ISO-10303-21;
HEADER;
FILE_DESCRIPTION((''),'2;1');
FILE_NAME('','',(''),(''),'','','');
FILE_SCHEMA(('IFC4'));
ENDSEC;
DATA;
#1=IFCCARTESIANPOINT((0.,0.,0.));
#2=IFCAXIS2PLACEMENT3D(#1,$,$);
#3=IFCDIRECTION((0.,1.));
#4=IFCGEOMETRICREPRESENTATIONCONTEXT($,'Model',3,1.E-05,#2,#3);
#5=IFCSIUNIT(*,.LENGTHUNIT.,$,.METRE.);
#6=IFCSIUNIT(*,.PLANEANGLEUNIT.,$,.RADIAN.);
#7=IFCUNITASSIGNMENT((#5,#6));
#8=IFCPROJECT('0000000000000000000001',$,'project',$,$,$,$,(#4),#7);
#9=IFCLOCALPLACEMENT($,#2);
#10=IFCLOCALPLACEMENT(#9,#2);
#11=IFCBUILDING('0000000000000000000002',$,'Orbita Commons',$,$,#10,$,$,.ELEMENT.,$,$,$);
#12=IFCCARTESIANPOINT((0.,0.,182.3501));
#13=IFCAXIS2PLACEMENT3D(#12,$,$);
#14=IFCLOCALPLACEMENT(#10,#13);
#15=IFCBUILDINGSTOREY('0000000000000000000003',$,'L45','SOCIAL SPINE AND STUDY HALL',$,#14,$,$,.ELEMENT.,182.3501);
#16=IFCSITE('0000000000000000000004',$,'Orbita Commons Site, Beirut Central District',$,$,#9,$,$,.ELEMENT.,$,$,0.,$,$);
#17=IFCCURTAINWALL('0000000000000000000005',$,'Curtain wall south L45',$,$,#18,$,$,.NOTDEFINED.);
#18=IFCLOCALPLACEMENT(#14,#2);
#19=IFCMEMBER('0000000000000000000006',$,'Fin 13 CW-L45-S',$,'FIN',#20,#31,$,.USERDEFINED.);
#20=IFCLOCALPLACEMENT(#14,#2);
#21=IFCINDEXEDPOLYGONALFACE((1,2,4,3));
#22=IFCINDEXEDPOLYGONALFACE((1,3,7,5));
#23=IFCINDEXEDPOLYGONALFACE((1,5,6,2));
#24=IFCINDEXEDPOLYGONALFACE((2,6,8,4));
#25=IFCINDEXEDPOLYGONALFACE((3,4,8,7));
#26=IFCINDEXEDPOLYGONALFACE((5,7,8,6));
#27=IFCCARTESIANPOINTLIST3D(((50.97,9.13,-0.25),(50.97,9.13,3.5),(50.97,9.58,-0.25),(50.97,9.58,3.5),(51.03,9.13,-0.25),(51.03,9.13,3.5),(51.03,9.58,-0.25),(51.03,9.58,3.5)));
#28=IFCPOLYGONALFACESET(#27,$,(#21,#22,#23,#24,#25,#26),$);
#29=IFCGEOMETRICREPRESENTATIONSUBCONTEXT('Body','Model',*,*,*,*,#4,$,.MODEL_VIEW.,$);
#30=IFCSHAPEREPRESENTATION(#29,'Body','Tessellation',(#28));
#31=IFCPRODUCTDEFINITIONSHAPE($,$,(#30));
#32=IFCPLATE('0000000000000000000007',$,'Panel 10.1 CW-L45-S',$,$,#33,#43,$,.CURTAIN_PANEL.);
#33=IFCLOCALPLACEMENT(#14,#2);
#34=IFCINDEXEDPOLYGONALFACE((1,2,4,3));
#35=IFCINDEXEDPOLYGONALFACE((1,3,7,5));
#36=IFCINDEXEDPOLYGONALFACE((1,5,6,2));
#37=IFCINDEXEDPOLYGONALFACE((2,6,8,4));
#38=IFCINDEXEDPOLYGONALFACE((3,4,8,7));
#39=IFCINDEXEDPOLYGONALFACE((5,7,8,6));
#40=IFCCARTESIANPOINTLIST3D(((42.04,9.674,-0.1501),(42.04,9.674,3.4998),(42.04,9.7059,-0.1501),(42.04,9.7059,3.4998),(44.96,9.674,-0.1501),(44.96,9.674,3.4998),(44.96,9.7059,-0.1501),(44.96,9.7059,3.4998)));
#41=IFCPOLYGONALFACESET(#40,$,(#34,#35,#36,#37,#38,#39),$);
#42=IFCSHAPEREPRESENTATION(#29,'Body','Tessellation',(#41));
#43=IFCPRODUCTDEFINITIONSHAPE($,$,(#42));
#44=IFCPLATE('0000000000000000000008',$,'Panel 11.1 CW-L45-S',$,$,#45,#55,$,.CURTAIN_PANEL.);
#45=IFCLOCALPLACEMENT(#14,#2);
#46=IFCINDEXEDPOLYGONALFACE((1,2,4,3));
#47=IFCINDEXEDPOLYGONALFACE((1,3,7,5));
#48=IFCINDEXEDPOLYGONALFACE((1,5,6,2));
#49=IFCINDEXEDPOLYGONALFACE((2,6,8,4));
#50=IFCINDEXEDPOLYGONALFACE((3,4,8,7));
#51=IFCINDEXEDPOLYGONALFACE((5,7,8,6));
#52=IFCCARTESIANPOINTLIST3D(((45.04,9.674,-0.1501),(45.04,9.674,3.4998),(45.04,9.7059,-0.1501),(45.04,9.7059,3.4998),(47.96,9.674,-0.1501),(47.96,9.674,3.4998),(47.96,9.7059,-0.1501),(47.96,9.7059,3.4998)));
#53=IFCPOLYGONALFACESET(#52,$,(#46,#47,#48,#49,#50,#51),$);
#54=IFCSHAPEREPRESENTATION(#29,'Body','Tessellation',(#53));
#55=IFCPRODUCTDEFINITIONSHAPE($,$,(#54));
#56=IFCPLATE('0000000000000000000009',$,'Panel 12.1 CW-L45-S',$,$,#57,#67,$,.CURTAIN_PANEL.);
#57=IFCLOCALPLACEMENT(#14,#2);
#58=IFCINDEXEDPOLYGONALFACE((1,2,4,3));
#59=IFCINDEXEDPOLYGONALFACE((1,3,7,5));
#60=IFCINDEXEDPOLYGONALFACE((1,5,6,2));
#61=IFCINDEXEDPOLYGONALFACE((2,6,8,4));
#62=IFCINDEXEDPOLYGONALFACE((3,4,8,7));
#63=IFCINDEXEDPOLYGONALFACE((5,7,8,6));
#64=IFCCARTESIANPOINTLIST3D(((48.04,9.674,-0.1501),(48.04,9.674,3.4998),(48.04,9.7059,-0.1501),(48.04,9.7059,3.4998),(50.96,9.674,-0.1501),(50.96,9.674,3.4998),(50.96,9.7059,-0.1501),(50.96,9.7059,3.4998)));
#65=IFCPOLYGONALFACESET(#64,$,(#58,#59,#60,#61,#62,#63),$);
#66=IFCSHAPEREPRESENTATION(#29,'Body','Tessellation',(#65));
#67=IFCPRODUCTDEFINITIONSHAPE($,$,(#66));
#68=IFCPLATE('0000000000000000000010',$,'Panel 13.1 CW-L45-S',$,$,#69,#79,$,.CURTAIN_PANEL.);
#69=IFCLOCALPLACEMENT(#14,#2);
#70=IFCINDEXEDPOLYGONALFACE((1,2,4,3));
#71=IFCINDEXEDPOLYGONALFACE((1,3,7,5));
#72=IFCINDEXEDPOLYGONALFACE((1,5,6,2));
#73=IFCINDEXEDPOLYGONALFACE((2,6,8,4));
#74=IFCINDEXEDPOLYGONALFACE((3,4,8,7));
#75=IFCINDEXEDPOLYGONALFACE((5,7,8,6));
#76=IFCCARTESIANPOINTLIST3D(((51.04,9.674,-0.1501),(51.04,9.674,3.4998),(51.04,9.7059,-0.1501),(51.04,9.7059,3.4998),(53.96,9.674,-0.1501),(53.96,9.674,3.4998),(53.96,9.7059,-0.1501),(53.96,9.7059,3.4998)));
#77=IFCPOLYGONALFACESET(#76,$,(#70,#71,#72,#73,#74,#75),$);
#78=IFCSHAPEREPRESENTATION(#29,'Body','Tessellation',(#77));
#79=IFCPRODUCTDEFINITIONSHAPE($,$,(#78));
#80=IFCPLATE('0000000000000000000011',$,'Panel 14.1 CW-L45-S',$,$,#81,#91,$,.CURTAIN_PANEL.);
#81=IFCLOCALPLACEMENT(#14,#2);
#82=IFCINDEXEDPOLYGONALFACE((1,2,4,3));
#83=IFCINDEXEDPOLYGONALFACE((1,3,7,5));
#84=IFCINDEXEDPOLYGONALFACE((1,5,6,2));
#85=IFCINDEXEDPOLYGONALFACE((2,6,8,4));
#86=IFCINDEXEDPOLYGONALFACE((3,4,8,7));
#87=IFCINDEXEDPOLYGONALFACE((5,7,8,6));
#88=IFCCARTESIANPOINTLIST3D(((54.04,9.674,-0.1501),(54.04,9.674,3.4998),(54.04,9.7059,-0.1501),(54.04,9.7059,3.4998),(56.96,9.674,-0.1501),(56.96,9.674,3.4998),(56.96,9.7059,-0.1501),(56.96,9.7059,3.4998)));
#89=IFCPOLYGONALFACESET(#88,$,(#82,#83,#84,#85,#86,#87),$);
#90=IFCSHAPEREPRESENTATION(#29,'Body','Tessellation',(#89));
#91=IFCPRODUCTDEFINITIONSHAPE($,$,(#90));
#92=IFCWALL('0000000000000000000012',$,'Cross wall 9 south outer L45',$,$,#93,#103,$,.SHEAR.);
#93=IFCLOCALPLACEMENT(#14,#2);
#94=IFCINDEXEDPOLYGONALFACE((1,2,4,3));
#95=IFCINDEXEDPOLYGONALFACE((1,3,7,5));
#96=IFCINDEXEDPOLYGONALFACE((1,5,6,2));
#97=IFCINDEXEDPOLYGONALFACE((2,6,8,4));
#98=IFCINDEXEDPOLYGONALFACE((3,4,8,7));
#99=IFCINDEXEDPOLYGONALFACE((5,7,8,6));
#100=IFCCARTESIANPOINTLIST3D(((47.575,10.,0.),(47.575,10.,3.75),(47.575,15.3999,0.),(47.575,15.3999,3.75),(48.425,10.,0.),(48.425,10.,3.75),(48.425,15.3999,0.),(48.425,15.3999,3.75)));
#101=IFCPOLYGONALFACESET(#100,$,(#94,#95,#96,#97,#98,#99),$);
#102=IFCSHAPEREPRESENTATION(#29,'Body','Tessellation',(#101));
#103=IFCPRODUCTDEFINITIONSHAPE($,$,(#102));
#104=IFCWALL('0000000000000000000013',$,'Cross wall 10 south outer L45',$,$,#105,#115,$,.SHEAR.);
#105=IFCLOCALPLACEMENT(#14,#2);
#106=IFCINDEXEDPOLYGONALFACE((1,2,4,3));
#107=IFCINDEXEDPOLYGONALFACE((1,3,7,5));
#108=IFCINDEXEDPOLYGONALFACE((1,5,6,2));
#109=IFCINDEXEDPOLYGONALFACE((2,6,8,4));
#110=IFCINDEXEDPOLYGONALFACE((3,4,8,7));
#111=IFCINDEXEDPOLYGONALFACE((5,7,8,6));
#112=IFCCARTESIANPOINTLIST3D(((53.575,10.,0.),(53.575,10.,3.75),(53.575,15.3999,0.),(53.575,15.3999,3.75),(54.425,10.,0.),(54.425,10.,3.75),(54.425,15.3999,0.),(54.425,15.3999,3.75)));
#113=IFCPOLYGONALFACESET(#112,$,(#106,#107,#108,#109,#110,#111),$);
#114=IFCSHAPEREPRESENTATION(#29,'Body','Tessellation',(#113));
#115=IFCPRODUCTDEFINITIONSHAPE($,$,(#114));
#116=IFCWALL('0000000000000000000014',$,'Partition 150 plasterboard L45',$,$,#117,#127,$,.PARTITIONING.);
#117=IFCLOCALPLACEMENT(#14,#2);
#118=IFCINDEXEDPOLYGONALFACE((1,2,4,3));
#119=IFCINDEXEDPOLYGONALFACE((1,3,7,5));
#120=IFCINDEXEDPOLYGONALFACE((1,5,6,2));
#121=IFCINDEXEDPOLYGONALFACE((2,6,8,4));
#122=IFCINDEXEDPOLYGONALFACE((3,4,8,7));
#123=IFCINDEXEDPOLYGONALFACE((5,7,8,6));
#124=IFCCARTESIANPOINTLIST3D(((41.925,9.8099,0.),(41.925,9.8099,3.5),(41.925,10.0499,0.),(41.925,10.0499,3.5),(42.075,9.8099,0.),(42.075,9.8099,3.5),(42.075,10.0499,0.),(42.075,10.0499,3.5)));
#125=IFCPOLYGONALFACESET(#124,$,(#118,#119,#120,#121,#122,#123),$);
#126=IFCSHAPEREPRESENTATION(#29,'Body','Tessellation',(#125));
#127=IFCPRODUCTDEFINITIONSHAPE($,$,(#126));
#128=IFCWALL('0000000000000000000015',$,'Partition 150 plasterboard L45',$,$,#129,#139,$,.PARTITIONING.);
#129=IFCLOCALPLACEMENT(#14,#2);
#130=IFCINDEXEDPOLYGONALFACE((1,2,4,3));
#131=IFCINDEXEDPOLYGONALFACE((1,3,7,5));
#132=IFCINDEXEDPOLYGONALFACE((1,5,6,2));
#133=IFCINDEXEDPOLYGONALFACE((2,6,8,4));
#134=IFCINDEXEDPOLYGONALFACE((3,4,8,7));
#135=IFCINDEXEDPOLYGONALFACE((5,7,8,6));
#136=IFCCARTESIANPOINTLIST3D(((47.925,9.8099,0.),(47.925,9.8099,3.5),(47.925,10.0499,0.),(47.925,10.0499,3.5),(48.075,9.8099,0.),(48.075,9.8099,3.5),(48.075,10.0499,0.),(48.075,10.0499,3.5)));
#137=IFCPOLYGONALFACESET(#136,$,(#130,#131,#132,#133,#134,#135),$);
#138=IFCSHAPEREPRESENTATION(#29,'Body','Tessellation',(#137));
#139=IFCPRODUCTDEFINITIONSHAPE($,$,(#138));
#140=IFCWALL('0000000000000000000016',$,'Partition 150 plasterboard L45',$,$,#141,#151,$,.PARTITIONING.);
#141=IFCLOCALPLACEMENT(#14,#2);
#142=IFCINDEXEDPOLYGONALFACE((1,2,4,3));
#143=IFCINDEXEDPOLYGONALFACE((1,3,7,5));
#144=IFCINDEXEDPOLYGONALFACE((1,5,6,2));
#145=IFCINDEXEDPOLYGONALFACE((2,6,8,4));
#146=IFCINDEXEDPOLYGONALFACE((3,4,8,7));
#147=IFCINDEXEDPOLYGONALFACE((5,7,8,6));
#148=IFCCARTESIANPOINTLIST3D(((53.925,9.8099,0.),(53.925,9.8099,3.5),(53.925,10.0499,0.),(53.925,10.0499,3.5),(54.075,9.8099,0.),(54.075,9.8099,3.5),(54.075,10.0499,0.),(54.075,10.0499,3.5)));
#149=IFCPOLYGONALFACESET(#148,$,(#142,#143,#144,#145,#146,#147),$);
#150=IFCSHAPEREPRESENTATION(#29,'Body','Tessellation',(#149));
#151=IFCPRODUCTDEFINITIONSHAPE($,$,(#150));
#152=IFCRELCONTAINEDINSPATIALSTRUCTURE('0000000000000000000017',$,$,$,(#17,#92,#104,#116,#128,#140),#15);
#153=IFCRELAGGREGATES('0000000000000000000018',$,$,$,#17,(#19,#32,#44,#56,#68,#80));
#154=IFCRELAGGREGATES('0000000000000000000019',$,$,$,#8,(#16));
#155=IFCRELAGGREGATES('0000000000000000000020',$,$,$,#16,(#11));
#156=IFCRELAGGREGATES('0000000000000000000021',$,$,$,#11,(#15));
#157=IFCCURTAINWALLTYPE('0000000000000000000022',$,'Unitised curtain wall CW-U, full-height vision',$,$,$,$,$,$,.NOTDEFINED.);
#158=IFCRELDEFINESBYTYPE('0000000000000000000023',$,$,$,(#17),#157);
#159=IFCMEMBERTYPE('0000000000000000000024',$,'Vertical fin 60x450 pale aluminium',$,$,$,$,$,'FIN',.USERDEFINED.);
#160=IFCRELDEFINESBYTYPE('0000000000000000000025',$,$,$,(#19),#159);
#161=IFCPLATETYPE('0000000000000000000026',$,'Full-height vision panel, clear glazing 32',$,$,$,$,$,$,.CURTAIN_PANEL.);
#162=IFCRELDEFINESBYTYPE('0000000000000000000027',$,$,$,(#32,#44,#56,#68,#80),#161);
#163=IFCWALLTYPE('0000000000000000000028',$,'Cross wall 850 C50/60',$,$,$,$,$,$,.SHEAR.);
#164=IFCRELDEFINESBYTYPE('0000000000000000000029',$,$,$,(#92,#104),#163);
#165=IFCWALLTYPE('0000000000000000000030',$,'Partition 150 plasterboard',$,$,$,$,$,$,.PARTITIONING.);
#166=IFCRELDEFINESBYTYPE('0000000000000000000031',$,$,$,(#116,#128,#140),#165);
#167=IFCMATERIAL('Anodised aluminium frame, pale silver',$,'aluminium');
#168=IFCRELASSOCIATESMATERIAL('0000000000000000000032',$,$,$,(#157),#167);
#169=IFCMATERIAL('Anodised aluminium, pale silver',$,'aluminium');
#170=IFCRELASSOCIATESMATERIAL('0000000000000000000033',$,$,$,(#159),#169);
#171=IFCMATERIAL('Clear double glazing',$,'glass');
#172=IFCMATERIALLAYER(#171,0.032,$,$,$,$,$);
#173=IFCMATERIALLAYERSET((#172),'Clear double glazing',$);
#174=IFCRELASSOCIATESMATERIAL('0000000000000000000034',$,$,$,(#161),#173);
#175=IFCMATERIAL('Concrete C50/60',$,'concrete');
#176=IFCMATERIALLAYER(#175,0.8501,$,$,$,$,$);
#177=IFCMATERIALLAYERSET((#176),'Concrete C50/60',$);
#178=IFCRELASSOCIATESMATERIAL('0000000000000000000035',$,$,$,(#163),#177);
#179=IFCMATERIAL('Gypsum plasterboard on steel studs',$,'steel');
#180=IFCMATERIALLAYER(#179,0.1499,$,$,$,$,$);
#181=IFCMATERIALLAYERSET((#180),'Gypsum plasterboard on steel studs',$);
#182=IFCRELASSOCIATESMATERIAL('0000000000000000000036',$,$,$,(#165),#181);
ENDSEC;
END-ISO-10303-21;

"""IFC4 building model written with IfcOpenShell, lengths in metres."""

from ifc_helpers import new_model, si_unit, direction, frame, frame_2d, origin, origin_2d, place, context, subcontext, project, spatial, rectangle, extrude, material, layer, layer_set, material_profile, profile_set, type_object, element, aggregate, save


model = new_model("IFC4")

# Units and contexts
model_context = context("Model", 3, precision=1e-05, world=origin(), true_north=direction((0.0, 1.0)))
body_context = subcontext(model_context, "Body", "Model", "MODEL_VIEW")
ifc_project = project(units=[si_unit("LENGTHUNIT", "METRE"), si_unit("PLANEANGLEUNIT", "RADIAN")], contexts=[model_context])

# Site, building, storey
site_placement = place(None, origin())
site = spatial("IfcSite", under=ifc_project, at=site_placement, Name="Orbita Commons Site, Beirut Central District", CompositionType="ELEMENT", RefElevation=0.0)
building_placement = place(site_placement, origin())
building = spatial("IfcBuilding", under=site, at=building_placement, Name="Orbita Commons", CompositionType="ELEMENT")
storey_placement = place(building_placement, frame((0.0, 0.0, 182.3501)))
storey = spatial("IfcBuildingStorey", under=building, at=storey_placement, Name="L45", Description="SOCIAL SPINE AND STUDY HALL", CompositionType="ELEMENT", Elevation=182.3501)

# Curtain wall
ifc_material_1 = material(Name="Anodised aluminium frame, pale silver", Category="aluminium")
curtain_wall_type = type_object("IfcCurtainWallType", Name="Unitised curtain wall CW-U, full-height vision", PredefinedType="NOTDEFINED", material=ifc_material_1)
curtain_wall_placement = place(storey_placement, origin())
curtain_wall = element("IfcCurtainWall", 1, at=curtain_wall_placement, inside=storey, type_object=curtain_wall_type, Name="Curtain wall south L45", PredefinedType="NOTDEFINED")

# Member
ifc_material_2 = material(Name="Anodised aluminium, pale silver", Category="aluminium")
ifc_material_profile_1 = material_profile(ifc_material_2, rectangle(XDim=0.0601, YDim=0.45, at=origin_2d()), Name="FIN 60x450")
ifc_profile_set_1 = profile_set([ifc_material_profile_1], Name="Anodised aluminium, pale silver")
member_type_1 = type_object("IfcMemberType", Name="Vertical fin 60x450 pale aluminium", ElementType="FIN", PredefinedType="USERDEFINED", material=ifc_profile_set_1)
member_1_placement = place(storey_placement, frame((51.0, 9.355, -0.25), z_axis=(0.0, 0.0, 1.0), x_axis=(1.0, 0.0, 0.0)))
member_1 = element("IfcMember", 2, at=member_1_placement, type_object=member_type_1, Name="Fin 13 CW-L45-S", ObjectType="FIN", PredefinedType="USERDEFINED", context=body_context, shape_type="SweptSolid", body=[
    extrude(rectangle(XDim=0.0601, YDim=0.45, at=origin_2d()), origin(), (0.0, 0.0, 1.0), 3.75),
])

# Plates
ifc_material_3 = material(Name="Clear double glazing", Category="glass")
ifc_layer_1 = layer(ifc_material_3, 0.032)
ifc_layer_set_1 = layer_set([ifc_layer_1], Name="Clear double glazing")
plate_type = type_object("IfcPlateType", Name="Full-height vision panel, clear glazing 32", PredefinedType="CURTAIN_PANEL", material=ifc_layer_set_1)
plate_1_placement = place(storey_placement, frame((43.5, 9.6899, -0.1501), z_axis=(0.0, 0.0, 1.0), x_axis=(1.0, 0.0, 0.0)))
plate_1 = element("IfcPlate", 3, at=plate_1_placement, type_object=plate_type, Name="Panel 10.1 CW-L45-S", PredefinedType="CURTAIN_PANEL", context=body_context, shape_type="SweptSolid", body=[
    extrude(rectangle(XDim=2.9199, YDim=0.032, at=origin_2d()), origin(), (0.0, 0.0, 1.0), 3.6499),
])
plate_2_placement = place(storey_placement, frame((46.5, 9.6899, -0.1501), z_axis=(0.0, 0.0, 1.0), x_axis=(1.0, 0.0, 0.0)))
plate_2 = element("IfcPlate", 4, at=plate_2_placement, type_object=plate_type, Name="Panel 11.1 CW-L45-S", PredefinedType="CURTAIN_PANEL", context=body_context, shape_type="SweptSolid", body=[
    extrude(rectangle(XDim=2.9199, YDim=0.032, at=origin_2d()), origin(), (0.0, 0.0, 1.0), 3.6499),
])
plate_3_placement = place(storey_placement, frame((49.5, 9.6899, -0.1501), z_axis=(0.0, 0.0, 1.0), x_axis=(1.0, 0.0, 0.0)))
plate_3 = element("IfcPlate", 5, at=plate_3_placement, type_object=plate_type, Name="Panel 12.1 CW-L45-S", PredefinedType="CURTAIN_PANEL", context=body_context, shape_type="SweptSolid", body=[
    extrude(rectangle(XDim=2.9199, YDim=0.032, at=origin_2d()), origin(), (0.0, 0.0, 1.0), 3.6499),
])
plate_4_placement = place(storey_placement, frame((52.5, 9.6899, -0.1501), z_axis=(0.0, 0.0, 1.0), x_axis=(1.0, 0.0, 0.0)))
plate_4 = element("IfcPlate", 6, at=plate_4_placement, type_object=plate_type, Name="Panel 13.1 CW-L45-S", PredefinedType="CURTAIN_PANEL", context=body_context, shape_type="SweptSolid", body=[
    extrude(rectangle(XDim=2.9199, YDim=0.032, at=origin_2d()), origin(), (0.0, 0.0, 1.0), 3.6499),
])
plate_5_placement = place(storey_placement, frame((55.5, 9.6899, -0.1501), z_axis=(0.0, 0.0, 1.0), x_axis=(1.0, 0.0, 0.0)))
plate_5 = element("IfcPlate", 7, at=plate_5_placement, type_object=plate_type, Name="Panel 14.1 CW-L45-S", PredefinedType="CURTAIN_PANEL", context=body_context, shape_type="SweptSolid", body=[
    extrude(rectangle(XDim=2.9199, YDim=0.032, at=origin_2d()), origin(), (0.0, 0.0, 1.0), 3.6499),
])
aggregate(curtain_wall, [member_1, plate_1, plate_2, plate_3, plate_4, plate_5])

# Walls
ifc_material_4 = material(Name="Concrete C50/60", Category="concrete")
ifc_layer_2 = layer(ifc_material_4, 0.8501)
ifc_layer_set_2 = layer_set([ifc_layer_2], Name="Concrete C50/60")
wall_type_1 = type_object("IfcWallType", Name="Cross wall 850 C50/60", PredefinedType="SHEAR", material=ifc_layer_set_2)
for number, where, z_axis, x_axis, name in (
    (8, (48.0, 10.0, 0.0), (0.0, 0.0, 1.0), (0.0, 1.0, 0.0), "Cross wall 9 south outer L45"),
    (9, (54.0, 10.0, 0.0), (0.0, 0.0, 1.0), (0.0, 1.0, 0.0), "Cross wall 10 south outer L45"),
):
    element("IfcWall", number, at=place(storey_placement, frame(where, z_axis=z_axis, x_axis=x_axis)), inside=storey, type_object=wall_type_1, Name=name, PredefinedType="SHEAR", context=body_context, shape_type="SweptSolid", body=[
        extrude(rectangle(XDim=5.3999, YDim=0.8501, at=frame_2d((2.7, 0.0))), origin(), (0.0, 0.0, 1.0), 3.75),
    ])
ifc_material_5 = material(Name="Gypsum plasterboard on steel studs", Category="steel")
ifc_layer_3 = layer(ifc_material_5, 0.1499)
ifc_layer_set_3 = layer_set([ifc_layer_3], Name="Gypsum plasterboard on steel studs")
wall_type_2 = type_object("IfcWallType", Name="Partition 150 plasterboard", PredefinedType="PARTITIONING", material=ifc_layer_set_3)
for number, where, z_axis, x_axis, name in (
    (10, (42.0, 10.05, 0.0), (0.0, 0.0, 1.0), (0.0, -1.0, 0.0), "Partition 150 plasterboard L45"),
    (11, (48.0, 10.05, 0.0), (0.0, 0.0, 1.0), (0.0, -1.0, 0.0), "Partition 150 plasterboard L45"),
    (12, (54.0, 10.05, 0.0), (0.0, 0.0, 1.0), (0.0, -1.0, 0.0), "Partition 150 plasterboard L45"),
):
    element("IfcWall", number, at=place(storey_placement, frame(where, z_axis=z_axis, x_axis=x_axis)), inside=storey, type_object=wall_type_2, Name=name, PredefinedType="PARTITIONING", context=body_context, shape_type="SweptSolid", body=[
        extrude(rectangle(XDim=0.24, YDim=0.1499, at=frame_2d((0.1201, 0.0))), origin(), (0.0, 0.0, 1.0), 3.5),
    ])

save(model, "model.ifc")
